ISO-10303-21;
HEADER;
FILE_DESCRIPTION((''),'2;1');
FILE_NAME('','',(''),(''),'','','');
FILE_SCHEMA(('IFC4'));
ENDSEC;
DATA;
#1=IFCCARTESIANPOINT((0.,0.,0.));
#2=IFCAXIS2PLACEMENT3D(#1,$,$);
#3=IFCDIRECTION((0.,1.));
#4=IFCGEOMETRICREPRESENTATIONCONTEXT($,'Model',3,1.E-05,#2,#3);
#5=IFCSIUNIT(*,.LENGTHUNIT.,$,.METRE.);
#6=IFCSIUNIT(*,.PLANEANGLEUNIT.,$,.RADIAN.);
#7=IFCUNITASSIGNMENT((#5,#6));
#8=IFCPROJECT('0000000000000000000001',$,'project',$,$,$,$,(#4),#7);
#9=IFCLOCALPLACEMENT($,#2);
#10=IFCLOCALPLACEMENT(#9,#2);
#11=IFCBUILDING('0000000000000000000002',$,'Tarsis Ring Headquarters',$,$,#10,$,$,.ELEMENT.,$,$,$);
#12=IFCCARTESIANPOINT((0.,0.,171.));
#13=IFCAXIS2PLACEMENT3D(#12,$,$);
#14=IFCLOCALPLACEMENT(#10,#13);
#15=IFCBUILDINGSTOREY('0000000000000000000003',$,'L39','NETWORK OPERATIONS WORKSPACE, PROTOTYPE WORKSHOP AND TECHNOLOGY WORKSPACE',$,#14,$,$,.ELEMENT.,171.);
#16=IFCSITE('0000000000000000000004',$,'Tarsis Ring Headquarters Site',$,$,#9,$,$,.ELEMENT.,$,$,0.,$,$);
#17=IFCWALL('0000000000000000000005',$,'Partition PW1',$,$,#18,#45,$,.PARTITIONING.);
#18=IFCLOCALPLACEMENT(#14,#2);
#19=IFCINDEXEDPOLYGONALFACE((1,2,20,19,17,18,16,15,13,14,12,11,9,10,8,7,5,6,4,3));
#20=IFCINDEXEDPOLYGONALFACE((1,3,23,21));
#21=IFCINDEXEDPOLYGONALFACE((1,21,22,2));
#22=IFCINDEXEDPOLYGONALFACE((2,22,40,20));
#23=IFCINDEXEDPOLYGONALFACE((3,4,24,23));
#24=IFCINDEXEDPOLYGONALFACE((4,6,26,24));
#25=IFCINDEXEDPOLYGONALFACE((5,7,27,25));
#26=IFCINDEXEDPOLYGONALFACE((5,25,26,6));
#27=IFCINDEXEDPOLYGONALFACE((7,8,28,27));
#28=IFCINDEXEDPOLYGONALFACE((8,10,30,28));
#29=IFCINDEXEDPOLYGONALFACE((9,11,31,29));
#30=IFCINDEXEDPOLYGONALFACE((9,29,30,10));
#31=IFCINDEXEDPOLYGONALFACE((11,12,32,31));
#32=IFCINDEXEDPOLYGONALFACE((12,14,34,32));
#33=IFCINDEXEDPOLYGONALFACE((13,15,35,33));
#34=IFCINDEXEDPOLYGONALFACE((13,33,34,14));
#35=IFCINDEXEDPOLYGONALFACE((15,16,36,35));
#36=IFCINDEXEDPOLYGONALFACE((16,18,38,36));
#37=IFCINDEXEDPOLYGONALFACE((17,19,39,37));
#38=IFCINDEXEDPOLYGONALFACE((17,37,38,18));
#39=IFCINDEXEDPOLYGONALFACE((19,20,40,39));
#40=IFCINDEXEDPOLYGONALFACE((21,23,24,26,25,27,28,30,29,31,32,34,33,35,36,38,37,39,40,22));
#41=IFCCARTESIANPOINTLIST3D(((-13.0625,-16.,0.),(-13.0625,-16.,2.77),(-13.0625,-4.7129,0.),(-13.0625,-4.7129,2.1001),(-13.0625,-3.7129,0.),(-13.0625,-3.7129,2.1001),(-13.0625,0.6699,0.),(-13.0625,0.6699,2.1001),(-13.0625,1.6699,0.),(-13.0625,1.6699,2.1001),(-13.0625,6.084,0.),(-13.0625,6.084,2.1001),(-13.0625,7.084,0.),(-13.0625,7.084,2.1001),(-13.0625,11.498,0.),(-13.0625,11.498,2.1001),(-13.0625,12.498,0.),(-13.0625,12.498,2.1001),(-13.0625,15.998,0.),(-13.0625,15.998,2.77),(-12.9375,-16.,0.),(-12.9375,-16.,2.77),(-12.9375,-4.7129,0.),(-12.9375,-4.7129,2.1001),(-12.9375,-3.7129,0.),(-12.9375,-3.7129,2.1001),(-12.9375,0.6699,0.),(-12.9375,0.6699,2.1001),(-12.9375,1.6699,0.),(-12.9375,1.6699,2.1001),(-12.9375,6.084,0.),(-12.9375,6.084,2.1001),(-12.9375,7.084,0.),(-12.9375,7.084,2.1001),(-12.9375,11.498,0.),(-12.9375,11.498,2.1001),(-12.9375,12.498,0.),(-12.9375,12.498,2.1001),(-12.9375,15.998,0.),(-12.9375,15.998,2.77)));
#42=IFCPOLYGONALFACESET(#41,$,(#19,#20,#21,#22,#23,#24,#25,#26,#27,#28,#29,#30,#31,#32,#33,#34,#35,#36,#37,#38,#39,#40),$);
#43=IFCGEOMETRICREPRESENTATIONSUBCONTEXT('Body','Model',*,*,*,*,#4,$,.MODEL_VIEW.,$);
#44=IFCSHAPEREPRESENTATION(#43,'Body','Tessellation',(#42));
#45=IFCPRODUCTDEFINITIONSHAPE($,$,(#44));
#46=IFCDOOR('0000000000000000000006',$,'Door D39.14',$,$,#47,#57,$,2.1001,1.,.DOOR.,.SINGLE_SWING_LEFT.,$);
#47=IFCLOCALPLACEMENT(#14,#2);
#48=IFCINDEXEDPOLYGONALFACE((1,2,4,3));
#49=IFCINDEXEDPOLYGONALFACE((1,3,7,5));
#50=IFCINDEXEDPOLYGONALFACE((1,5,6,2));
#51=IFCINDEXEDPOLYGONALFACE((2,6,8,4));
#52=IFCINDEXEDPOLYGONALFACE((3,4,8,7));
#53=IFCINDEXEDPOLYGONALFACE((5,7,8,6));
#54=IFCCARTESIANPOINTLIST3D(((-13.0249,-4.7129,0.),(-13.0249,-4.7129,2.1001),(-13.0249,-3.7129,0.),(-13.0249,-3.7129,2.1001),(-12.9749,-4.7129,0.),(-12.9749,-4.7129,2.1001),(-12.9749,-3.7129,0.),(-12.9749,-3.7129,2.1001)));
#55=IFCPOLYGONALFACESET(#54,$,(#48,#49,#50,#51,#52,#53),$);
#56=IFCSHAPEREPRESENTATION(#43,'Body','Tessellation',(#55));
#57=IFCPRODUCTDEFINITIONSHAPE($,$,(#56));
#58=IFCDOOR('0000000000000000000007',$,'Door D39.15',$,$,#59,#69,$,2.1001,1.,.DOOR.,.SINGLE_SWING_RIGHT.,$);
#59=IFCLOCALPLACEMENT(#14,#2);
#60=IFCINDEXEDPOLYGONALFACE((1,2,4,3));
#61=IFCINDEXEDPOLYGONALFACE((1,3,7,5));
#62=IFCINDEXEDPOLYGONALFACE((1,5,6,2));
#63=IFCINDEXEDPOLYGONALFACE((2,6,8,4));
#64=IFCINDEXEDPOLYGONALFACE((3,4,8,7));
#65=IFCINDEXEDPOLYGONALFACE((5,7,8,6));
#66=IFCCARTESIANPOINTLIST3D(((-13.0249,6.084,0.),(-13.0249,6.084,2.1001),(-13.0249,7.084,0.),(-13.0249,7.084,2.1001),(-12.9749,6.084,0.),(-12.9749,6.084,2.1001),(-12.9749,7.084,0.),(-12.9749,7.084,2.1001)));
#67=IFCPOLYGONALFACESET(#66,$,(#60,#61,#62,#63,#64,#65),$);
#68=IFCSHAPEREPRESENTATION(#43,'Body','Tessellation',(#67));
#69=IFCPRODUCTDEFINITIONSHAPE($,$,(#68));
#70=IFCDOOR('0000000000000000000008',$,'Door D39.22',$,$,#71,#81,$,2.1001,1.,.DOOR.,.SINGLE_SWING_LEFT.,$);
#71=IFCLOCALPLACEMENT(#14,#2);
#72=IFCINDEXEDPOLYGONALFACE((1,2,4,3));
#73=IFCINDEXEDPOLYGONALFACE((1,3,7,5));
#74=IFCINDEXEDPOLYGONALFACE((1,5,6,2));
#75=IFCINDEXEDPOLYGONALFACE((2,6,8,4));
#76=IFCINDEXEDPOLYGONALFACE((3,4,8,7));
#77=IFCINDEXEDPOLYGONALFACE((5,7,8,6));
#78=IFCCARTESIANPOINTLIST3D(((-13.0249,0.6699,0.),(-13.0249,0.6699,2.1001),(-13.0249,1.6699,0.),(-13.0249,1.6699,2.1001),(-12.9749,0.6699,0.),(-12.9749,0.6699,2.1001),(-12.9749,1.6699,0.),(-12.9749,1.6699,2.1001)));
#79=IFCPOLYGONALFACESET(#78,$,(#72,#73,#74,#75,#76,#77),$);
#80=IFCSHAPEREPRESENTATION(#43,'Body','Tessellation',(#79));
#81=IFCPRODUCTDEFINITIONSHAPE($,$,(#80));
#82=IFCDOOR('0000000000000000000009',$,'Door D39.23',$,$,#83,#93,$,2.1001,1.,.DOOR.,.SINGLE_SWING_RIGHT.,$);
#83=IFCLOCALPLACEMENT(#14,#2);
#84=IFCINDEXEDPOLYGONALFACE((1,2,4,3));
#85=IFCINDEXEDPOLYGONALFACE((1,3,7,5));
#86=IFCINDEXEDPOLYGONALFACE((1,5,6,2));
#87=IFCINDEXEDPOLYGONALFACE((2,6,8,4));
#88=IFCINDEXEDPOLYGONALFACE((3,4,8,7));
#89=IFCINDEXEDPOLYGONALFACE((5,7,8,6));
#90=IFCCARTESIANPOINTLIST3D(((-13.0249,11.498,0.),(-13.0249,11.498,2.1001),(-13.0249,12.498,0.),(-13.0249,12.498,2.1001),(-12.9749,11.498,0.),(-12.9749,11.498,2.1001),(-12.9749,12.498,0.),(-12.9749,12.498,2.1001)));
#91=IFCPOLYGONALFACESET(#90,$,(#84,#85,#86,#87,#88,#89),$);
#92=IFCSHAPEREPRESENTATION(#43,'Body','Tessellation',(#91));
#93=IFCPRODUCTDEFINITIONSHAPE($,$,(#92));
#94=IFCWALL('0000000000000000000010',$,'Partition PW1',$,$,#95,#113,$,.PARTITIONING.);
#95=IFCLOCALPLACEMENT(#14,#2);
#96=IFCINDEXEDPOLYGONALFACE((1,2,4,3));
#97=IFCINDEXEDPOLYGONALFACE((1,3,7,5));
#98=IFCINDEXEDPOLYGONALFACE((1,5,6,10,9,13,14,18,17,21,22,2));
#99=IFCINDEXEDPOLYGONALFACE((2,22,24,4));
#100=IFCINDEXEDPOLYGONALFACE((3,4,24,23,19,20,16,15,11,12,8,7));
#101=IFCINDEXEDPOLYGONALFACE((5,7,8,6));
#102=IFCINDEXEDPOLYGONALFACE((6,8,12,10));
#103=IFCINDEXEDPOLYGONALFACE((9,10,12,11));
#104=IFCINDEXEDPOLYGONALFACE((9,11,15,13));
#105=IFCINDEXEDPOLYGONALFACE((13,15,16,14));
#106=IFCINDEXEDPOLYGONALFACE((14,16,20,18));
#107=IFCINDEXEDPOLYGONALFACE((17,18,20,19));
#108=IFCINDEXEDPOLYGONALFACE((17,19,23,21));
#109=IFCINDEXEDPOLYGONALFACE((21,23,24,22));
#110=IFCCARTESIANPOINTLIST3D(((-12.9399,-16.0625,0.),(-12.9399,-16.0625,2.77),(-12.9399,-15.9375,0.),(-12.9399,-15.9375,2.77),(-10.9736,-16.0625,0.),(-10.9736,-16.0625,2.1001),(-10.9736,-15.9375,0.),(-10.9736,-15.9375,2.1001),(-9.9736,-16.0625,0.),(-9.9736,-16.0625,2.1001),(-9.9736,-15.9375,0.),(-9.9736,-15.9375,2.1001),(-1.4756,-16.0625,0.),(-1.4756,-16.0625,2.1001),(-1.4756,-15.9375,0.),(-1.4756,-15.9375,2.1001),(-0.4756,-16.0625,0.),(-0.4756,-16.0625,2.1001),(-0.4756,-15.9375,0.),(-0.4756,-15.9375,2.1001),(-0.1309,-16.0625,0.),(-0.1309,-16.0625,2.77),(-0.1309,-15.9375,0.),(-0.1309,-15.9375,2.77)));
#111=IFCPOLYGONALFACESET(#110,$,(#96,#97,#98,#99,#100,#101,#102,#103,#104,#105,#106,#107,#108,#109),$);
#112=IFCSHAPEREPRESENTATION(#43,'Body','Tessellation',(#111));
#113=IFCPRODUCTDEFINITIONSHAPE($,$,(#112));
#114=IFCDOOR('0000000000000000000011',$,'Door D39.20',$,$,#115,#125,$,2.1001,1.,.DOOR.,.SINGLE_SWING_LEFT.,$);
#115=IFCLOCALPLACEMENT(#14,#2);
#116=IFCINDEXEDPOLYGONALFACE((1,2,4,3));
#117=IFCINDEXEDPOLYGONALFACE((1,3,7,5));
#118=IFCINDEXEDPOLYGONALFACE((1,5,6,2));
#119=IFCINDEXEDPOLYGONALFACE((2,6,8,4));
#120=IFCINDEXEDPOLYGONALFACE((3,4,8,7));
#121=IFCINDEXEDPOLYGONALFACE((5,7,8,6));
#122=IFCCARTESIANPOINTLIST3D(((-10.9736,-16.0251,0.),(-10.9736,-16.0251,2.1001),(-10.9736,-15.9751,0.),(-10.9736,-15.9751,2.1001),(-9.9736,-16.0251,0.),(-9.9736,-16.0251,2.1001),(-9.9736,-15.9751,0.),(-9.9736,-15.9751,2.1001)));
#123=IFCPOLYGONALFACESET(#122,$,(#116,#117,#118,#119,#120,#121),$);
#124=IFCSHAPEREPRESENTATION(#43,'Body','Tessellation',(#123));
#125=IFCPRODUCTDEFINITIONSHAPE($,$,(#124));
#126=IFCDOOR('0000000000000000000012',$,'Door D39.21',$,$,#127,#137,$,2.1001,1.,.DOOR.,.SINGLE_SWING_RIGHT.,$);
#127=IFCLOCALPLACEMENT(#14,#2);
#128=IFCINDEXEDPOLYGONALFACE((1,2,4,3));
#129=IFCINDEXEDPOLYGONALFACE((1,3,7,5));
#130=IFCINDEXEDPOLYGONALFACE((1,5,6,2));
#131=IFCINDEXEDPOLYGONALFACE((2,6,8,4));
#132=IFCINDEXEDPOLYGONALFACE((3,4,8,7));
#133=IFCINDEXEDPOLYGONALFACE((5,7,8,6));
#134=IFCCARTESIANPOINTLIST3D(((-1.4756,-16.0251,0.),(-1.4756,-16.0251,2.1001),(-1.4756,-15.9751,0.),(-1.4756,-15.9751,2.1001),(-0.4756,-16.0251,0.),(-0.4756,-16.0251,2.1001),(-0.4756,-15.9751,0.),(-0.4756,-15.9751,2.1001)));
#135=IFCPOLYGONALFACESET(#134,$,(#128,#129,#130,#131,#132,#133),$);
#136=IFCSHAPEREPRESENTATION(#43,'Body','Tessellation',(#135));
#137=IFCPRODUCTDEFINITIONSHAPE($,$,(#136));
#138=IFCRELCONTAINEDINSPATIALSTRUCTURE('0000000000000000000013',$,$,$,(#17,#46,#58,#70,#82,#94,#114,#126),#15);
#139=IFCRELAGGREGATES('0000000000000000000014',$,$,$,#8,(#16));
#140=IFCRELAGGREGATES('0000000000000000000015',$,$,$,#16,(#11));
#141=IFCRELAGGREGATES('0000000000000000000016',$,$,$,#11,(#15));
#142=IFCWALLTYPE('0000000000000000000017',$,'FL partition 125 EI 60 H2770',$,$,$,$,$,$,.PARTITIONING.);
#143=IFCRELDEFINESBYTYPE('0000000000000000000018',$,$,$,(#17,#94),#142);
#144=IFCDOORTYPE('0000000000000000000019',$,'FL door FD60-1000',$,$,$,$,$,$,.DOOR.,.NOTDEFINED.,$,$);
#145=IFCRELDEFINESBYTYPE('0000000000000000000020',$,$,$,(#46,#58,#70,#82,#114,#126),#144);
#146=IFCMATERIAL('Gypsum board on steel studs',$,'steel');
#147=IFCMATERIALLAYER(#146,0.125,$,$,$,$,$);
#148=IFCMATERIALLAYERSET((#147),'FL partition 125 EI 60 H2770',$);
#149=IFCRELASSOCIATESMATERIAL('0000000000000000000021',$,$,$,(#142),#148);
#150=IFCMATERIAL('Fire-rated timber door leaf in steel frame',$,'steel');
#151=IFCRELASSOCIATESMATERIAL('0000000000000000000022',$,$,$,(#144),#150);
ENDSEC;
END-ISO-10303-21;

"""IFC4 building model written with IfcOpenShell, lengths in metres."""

from ifc_helpers import new_model, si_unit, direction, frame, frame_2d, origin, place, context, subcontext, project, spatial, rectangle, extrude, material, layer, layer_set, type_object, element, fill, save


model = new_model("IFC4")

# Units and contexts
model_context = context("Model", 3, precision=1e-05, world=origin(), true_north=direction((0.0, 1.0)))
body_context = subcontext(model_context, "Body", "Model", "MODEL_VIEW")
ifc_project = project(units=[si_unit("LENGTHUNIT", "METRE"), si_unit("PLANEANGLEUNIT", "RADIAN")], contexts=[model_context])

# Site, building, storey
site_placement = place(None, origin())
site = spatial("IfcSite", under=ifc_project, at=site_placement, Name="Tarsis Ring Headquarters Site", CompositionType="ELEMENT", RefElevation=0.0)
building_placement = place(site_placement, origin())
building = spatial("IfcBuilding", under=site, at=building_placement, Name="Tarsis Ring Headquarters", CompositionType="ELEMENT")
storey_placement = place(building_placement, frame((0.0, 0.0, 171.0)))
storey = spatial("IfcBuildingStorey", under=building, at=storey_placement, Name="L39", Description="NETWORK OPERATIONS WORKSPACE, PROTOTYPE WORKSHOP AND TECHNOLOGY WORKSPACE", CompositionType="ELEMENT", Elevation=171.0)

# Walls, openings, doors
ifc_material_1 = material(Name="Gypsum board on steel studs", Category="steel")
ifc_layer_1 = layer(ifc_material_1, 0.125)
ifc_layer_set_1 = layer_set([ifc_layer_1], Name="FL partition 125 EI 60 H2770")
wall_type_1 = type_object("IfcWallType", Name="FL partition 125 EI 60 H2770", PredefinedType="PARTITIONING", material=ifc_layer_set_1)
wall_1_placement = place(storey_placement, frame((-13.0, -16.0, 0.0), z_axis=(0.0, 0.0, 1.0), x_axis=(0.0, 1.0, 0.0)))
wall_1 = element("IfcWall", 1, at=wall_1_placement, inside=storey, type_object=wall_type_1, Name="Partition PW1", PredefinedType="PARTITIONING", context=body_context, shape_type="SweptSolid", body=[
    extrude(rectangle(XDim=31.998, YDim=0.125, at=frame_2d((15.999, 0.0))), origin(), (0.0, 0.0, 1.0), 2.77),
])
opening_1_placement = place(wall_1_placement, frame((11.2871, 0.0, 0.0)))
opening_1 = element("IfcOpeningElement", 2, at=opening_1_placement, cuts=wall_1, PredefinedType="OPENING", context=body_context, shape_type="SweptSolid", body=[
    extrude(rectangle(XDim=1.0, YDim=2.1001, at=frame_2d((0.5, 1.05))), frame((0.0, 0.0725, 0.0), z_axis=(0.0, -1.0, 0.0), x_axis=(1.0, 0.0, 0.0)), (0.0, 0.0, 1.0), 0.145),
])
opening_2_placement = place(wall_1_placement, frame((22.084, 0.0, 0.0)))
opening_2 = element("IfcOpeningElement", 3, at=opening_2_placement, cuts=wall_1, PredefinedType="OPENING", context=body_context, shape_type="SweptSolid", body=[
    extrude(rectangle(XDim=1.0, YDim=2.1001, at=frame_2d((0.5, 1.05))), frame((0.0, 0.0725, 0.0), z_axis=(0.0, -1.0, 0.0), x_axis=(1.0, 0.0, 0.0)), (0.0, 0.0, 1.0), 0.145),
])
opening_3_placement = place(wall_1_placement, frame((16.6699, 0.0, 0.0)))
opening_3 = element("IfcOpeningElement", 4, at=opening_3_placement, cuts=wall_1, PredefinedType="OPENING", context=body_context, shape_type="SweptSolid", body=[
    extrude(rectangle(XDim=1.0, YDim=2.1001, at=frame_2d((0.5, 1.05))), frame((0.0, 0.0725, 0.0), z_axis=(0.0, -1.0, 0.0), x_axis=(1.0, 0.0, 0.0)), (0.0, 0.0, 1.0), 0.145),
])
opening_4_placement = place(wall_1_placement, frame((27.498, 0.0, 0.0)))
opening_4 = element("IfcOpeningElement", 5, at=opening_4_placement, cuts=wall_1, PredefinedType="OPENING", context=body_context, shape_type="SweptSolid", body=[
    extrude(rectangle(XDim=1.0, YDim=2.1001, at=frame_2d((0.5, 1.05))), frame((0.0, 0.0725, 0.0), z_axis=(0.0, -1.0, 0.0), x_axis=(1.0, 0.0, 0.0)), (0.0, 0.0, 1.0), 0.145),
])
ifc_material_2 = material(Name="Fire-rated timber door leaf in steel frame", Category="steel")
door_type_1 = type_object("IfcDoorType", Name="FL door FD60-1000", OperationType="NOTDEFINED", PredefinedType="DOOR", material=ifc_material_2)
door_1_placement = place(opening_1_placement, origin())
door_1 = element("IfcDoor", 6, at=door_1_placement, inside=storey, type_object=door_type_1, Name="Door D39.14", OperationType="SINGLE_SWING_LEFT", OverallHeight=2.1001, OverallWidth=1.0, PredefinedType="DOOR", context=body_context, shape_type="SweptSolid", body=[
    extrude(rectangle(XDim=1.0, YDim=2.1001, at=frame_2d((0.5, 1.05))), frame((0.0, 0.0249, 0.0), z_axis=(0.0, -1.0, 0.0), x_axis=(1.0, 0.0, 0.0)), (0.0, 0.0, 1.0), 0.05),
])
fill(opening_1, door_1)
door_2_placement = place(opening_2_placement, origin())
door_2 = element("IfcDoor", 7, at=door_2_placement, inside=storey, type_object=door_type_1, Name="Door D39.15", OperationType="SINGLE_SWING_RIGHT", OverallHeight=2.1001, OverallWidth=1.0, PredefinedType="DOOR", context=body_context, shape_type="SweptSolid", body=[
    extrude(rectangle(XDim=1.0, YDim=2.1001, at=frame_2d((0.5, 1.05))), frame((0.0, 0.0249, 0.0), z_axis=(0.0, -1.0, 0.0), x_axis=(1.0, 0.0, 0.0)), (0.0, 0.0, 1.0), 0.05),
])
fill(opening_2, door_2)
door_3_placement = place(opening_3_placement, origin())
door_3 = element("IfcDoor", 8, at=door_3_placement, inside=storey, type_object=door_type_1, Name="Door D39.22", OperationType="SINGLE_SWING_LEFT", OverallHeight=2.1001, OverallWidth=1.0, PredefinedType="DOOR", context=body_context, shape_type="SweptSolid", body=[
    extrude(rectangle(XDim=1.0, YDim=2.1001, at=frame_2d((0.5, 1.05))), frame((0.0, 0.0249, 0.0), z_axis=(0.0, -1.0, 0.0), x_axis=(1.0, 0.0, 0.0)), (0.0, 0.0, 1.0), 0.05),
])
fill(opening_3, door_3)
door_4_placement = place(opening_4_placement, origin())
door_4 = element("IfcDoor", 9, at=door_4_placement, inside=storey, type_object=door_type_1, Name="Door D39.23", OperationType="SINGLE_SWING_RIGHT", OverallHeight=2.1001, OverallWidth=1.0, PredefinedType="DOOR", context=body_context, shape_type="SweptSolid", body=[
    extrude(rectangle(XDim=1.0, YDim=2.1001, at=frame_2d((0.5, 1.05))), frame((0.0, 0.0249, 0.0), z_axis=(0.0, -1.0, 0.0), x_axis=(1.0, 0.0, 0.0)), (0.0, 0.0, 1.0), 0.05),
])
fill(opening_4, door_4)
wall_2_placement = place(storey_placement, frame((-12.9399, -16.0, 0.0), z_axis=(0.0, 0.0, 1.0), x_axis=(1.0, 0.0, 0.0)))
wall_2 = element("IfcWall", 10, at=wall_2_placement, inside=storey, type_object=wall_type_1, Name="Partition PW1", PredefinedType="PARTITIONING", context=body_context, shape_type="SweptSolid", body=[
    extrude(rectangle(XDim=12.8091, YDim=0.125, at=frame_2d((6.4045, 0.0))), origin(), (0.0, 0.0, 1.0), 2.77),
])
opening_5_placement = place(wall_2_placement, frame((1.9663, 0.0, 0.0)))
opening_5 = element("IfcOpeningElement", 11, at=opening_5_placement, cuts=wall_2, PredefinedType="OPENING", context=body_context, shape_type="SweptSolid", body=[
    extrude(rectangle(XDim=1.0, YDim=2.1001, at=frame_2d((0.5, 1.05))), frame((0.0, 0.0725, 0.0), z_axis=(0.0, -1.0, 0.0), x_axis=(1.0, 0.0, 0.0)), (0.0, 0.0, 1.0), 0.145),
])
opening_6_placement = place(wall_2_placement, frame((11.4644, 0.0, 0.0)))
opening_6 = element("IfcOpeningElement", 12, at=opening_6_placement, cuts=wall_2, PredefinedType="OPENING", context=body_context, shape_type="SweptSolid", body=[
    extrude(rectangle(XDim=1.0, YDim=2.1001, at=frame_2d((0.5, 1.05))), frame((0.0, 0.0725, 0.0), z_axis=(0.0, -1.0, 0.0), x_axis=(1.0, 0.0, 0.0)), (0.0, 0.0, 1.0), 0.145),
])
door_5_placement = place(opening_5_placement, origin())
door_5 = element("IfcDoor", 13, at=door_5_placement, inside=storey, type_object=door_type_1, Name="Door D39.20", OperationType="SINGLE_SWING_LEFT", OverallHeight=2.1001, OverallWidth=1.0, PredefinedType="DOOR", context=body_context, shape_type="SweptSolid", body=[
    extrude(rectangle(XDim=1.0, YDim=2.1001, at=frame_2d((0.5, 1.05))), frame((0.0, 0.0249, 0.0), z_axis=(0.0, -1.0, 0.0), x_axis=(1.0, 0.0, 0.0)), (0.0, 0.0, 1.0), 0.05),
])
fill(opening_5, door_5)
door_6_placement = place(opening_6_placement, origin())
door_6 = element("IfcDoor", 14, at=door_6_placement, inside=storey, type_object=door_type_1, Name="Door D39.21", OperationType="SINGLE_SWING_RIGHT", OverallHeight=2.1001, OverallWidth=1.0, PredefinedType="DOOR", context=body_context, shape_type="SweptSolid", body=[
    extrude(rectangle(XDim=1.0, YDim=2.1001, at=frame_2d((0.5, 1.05))), frame((0.0, 0.0249, 0.0), z_axis=(0.0, -1.0, 0.0), x_axis=(1.0, 0.0, 0.0)), (0.0, 0.0, 1.0), 0.05),
])
fill(opening_6, door_6)

save(model, "model.ifc")
